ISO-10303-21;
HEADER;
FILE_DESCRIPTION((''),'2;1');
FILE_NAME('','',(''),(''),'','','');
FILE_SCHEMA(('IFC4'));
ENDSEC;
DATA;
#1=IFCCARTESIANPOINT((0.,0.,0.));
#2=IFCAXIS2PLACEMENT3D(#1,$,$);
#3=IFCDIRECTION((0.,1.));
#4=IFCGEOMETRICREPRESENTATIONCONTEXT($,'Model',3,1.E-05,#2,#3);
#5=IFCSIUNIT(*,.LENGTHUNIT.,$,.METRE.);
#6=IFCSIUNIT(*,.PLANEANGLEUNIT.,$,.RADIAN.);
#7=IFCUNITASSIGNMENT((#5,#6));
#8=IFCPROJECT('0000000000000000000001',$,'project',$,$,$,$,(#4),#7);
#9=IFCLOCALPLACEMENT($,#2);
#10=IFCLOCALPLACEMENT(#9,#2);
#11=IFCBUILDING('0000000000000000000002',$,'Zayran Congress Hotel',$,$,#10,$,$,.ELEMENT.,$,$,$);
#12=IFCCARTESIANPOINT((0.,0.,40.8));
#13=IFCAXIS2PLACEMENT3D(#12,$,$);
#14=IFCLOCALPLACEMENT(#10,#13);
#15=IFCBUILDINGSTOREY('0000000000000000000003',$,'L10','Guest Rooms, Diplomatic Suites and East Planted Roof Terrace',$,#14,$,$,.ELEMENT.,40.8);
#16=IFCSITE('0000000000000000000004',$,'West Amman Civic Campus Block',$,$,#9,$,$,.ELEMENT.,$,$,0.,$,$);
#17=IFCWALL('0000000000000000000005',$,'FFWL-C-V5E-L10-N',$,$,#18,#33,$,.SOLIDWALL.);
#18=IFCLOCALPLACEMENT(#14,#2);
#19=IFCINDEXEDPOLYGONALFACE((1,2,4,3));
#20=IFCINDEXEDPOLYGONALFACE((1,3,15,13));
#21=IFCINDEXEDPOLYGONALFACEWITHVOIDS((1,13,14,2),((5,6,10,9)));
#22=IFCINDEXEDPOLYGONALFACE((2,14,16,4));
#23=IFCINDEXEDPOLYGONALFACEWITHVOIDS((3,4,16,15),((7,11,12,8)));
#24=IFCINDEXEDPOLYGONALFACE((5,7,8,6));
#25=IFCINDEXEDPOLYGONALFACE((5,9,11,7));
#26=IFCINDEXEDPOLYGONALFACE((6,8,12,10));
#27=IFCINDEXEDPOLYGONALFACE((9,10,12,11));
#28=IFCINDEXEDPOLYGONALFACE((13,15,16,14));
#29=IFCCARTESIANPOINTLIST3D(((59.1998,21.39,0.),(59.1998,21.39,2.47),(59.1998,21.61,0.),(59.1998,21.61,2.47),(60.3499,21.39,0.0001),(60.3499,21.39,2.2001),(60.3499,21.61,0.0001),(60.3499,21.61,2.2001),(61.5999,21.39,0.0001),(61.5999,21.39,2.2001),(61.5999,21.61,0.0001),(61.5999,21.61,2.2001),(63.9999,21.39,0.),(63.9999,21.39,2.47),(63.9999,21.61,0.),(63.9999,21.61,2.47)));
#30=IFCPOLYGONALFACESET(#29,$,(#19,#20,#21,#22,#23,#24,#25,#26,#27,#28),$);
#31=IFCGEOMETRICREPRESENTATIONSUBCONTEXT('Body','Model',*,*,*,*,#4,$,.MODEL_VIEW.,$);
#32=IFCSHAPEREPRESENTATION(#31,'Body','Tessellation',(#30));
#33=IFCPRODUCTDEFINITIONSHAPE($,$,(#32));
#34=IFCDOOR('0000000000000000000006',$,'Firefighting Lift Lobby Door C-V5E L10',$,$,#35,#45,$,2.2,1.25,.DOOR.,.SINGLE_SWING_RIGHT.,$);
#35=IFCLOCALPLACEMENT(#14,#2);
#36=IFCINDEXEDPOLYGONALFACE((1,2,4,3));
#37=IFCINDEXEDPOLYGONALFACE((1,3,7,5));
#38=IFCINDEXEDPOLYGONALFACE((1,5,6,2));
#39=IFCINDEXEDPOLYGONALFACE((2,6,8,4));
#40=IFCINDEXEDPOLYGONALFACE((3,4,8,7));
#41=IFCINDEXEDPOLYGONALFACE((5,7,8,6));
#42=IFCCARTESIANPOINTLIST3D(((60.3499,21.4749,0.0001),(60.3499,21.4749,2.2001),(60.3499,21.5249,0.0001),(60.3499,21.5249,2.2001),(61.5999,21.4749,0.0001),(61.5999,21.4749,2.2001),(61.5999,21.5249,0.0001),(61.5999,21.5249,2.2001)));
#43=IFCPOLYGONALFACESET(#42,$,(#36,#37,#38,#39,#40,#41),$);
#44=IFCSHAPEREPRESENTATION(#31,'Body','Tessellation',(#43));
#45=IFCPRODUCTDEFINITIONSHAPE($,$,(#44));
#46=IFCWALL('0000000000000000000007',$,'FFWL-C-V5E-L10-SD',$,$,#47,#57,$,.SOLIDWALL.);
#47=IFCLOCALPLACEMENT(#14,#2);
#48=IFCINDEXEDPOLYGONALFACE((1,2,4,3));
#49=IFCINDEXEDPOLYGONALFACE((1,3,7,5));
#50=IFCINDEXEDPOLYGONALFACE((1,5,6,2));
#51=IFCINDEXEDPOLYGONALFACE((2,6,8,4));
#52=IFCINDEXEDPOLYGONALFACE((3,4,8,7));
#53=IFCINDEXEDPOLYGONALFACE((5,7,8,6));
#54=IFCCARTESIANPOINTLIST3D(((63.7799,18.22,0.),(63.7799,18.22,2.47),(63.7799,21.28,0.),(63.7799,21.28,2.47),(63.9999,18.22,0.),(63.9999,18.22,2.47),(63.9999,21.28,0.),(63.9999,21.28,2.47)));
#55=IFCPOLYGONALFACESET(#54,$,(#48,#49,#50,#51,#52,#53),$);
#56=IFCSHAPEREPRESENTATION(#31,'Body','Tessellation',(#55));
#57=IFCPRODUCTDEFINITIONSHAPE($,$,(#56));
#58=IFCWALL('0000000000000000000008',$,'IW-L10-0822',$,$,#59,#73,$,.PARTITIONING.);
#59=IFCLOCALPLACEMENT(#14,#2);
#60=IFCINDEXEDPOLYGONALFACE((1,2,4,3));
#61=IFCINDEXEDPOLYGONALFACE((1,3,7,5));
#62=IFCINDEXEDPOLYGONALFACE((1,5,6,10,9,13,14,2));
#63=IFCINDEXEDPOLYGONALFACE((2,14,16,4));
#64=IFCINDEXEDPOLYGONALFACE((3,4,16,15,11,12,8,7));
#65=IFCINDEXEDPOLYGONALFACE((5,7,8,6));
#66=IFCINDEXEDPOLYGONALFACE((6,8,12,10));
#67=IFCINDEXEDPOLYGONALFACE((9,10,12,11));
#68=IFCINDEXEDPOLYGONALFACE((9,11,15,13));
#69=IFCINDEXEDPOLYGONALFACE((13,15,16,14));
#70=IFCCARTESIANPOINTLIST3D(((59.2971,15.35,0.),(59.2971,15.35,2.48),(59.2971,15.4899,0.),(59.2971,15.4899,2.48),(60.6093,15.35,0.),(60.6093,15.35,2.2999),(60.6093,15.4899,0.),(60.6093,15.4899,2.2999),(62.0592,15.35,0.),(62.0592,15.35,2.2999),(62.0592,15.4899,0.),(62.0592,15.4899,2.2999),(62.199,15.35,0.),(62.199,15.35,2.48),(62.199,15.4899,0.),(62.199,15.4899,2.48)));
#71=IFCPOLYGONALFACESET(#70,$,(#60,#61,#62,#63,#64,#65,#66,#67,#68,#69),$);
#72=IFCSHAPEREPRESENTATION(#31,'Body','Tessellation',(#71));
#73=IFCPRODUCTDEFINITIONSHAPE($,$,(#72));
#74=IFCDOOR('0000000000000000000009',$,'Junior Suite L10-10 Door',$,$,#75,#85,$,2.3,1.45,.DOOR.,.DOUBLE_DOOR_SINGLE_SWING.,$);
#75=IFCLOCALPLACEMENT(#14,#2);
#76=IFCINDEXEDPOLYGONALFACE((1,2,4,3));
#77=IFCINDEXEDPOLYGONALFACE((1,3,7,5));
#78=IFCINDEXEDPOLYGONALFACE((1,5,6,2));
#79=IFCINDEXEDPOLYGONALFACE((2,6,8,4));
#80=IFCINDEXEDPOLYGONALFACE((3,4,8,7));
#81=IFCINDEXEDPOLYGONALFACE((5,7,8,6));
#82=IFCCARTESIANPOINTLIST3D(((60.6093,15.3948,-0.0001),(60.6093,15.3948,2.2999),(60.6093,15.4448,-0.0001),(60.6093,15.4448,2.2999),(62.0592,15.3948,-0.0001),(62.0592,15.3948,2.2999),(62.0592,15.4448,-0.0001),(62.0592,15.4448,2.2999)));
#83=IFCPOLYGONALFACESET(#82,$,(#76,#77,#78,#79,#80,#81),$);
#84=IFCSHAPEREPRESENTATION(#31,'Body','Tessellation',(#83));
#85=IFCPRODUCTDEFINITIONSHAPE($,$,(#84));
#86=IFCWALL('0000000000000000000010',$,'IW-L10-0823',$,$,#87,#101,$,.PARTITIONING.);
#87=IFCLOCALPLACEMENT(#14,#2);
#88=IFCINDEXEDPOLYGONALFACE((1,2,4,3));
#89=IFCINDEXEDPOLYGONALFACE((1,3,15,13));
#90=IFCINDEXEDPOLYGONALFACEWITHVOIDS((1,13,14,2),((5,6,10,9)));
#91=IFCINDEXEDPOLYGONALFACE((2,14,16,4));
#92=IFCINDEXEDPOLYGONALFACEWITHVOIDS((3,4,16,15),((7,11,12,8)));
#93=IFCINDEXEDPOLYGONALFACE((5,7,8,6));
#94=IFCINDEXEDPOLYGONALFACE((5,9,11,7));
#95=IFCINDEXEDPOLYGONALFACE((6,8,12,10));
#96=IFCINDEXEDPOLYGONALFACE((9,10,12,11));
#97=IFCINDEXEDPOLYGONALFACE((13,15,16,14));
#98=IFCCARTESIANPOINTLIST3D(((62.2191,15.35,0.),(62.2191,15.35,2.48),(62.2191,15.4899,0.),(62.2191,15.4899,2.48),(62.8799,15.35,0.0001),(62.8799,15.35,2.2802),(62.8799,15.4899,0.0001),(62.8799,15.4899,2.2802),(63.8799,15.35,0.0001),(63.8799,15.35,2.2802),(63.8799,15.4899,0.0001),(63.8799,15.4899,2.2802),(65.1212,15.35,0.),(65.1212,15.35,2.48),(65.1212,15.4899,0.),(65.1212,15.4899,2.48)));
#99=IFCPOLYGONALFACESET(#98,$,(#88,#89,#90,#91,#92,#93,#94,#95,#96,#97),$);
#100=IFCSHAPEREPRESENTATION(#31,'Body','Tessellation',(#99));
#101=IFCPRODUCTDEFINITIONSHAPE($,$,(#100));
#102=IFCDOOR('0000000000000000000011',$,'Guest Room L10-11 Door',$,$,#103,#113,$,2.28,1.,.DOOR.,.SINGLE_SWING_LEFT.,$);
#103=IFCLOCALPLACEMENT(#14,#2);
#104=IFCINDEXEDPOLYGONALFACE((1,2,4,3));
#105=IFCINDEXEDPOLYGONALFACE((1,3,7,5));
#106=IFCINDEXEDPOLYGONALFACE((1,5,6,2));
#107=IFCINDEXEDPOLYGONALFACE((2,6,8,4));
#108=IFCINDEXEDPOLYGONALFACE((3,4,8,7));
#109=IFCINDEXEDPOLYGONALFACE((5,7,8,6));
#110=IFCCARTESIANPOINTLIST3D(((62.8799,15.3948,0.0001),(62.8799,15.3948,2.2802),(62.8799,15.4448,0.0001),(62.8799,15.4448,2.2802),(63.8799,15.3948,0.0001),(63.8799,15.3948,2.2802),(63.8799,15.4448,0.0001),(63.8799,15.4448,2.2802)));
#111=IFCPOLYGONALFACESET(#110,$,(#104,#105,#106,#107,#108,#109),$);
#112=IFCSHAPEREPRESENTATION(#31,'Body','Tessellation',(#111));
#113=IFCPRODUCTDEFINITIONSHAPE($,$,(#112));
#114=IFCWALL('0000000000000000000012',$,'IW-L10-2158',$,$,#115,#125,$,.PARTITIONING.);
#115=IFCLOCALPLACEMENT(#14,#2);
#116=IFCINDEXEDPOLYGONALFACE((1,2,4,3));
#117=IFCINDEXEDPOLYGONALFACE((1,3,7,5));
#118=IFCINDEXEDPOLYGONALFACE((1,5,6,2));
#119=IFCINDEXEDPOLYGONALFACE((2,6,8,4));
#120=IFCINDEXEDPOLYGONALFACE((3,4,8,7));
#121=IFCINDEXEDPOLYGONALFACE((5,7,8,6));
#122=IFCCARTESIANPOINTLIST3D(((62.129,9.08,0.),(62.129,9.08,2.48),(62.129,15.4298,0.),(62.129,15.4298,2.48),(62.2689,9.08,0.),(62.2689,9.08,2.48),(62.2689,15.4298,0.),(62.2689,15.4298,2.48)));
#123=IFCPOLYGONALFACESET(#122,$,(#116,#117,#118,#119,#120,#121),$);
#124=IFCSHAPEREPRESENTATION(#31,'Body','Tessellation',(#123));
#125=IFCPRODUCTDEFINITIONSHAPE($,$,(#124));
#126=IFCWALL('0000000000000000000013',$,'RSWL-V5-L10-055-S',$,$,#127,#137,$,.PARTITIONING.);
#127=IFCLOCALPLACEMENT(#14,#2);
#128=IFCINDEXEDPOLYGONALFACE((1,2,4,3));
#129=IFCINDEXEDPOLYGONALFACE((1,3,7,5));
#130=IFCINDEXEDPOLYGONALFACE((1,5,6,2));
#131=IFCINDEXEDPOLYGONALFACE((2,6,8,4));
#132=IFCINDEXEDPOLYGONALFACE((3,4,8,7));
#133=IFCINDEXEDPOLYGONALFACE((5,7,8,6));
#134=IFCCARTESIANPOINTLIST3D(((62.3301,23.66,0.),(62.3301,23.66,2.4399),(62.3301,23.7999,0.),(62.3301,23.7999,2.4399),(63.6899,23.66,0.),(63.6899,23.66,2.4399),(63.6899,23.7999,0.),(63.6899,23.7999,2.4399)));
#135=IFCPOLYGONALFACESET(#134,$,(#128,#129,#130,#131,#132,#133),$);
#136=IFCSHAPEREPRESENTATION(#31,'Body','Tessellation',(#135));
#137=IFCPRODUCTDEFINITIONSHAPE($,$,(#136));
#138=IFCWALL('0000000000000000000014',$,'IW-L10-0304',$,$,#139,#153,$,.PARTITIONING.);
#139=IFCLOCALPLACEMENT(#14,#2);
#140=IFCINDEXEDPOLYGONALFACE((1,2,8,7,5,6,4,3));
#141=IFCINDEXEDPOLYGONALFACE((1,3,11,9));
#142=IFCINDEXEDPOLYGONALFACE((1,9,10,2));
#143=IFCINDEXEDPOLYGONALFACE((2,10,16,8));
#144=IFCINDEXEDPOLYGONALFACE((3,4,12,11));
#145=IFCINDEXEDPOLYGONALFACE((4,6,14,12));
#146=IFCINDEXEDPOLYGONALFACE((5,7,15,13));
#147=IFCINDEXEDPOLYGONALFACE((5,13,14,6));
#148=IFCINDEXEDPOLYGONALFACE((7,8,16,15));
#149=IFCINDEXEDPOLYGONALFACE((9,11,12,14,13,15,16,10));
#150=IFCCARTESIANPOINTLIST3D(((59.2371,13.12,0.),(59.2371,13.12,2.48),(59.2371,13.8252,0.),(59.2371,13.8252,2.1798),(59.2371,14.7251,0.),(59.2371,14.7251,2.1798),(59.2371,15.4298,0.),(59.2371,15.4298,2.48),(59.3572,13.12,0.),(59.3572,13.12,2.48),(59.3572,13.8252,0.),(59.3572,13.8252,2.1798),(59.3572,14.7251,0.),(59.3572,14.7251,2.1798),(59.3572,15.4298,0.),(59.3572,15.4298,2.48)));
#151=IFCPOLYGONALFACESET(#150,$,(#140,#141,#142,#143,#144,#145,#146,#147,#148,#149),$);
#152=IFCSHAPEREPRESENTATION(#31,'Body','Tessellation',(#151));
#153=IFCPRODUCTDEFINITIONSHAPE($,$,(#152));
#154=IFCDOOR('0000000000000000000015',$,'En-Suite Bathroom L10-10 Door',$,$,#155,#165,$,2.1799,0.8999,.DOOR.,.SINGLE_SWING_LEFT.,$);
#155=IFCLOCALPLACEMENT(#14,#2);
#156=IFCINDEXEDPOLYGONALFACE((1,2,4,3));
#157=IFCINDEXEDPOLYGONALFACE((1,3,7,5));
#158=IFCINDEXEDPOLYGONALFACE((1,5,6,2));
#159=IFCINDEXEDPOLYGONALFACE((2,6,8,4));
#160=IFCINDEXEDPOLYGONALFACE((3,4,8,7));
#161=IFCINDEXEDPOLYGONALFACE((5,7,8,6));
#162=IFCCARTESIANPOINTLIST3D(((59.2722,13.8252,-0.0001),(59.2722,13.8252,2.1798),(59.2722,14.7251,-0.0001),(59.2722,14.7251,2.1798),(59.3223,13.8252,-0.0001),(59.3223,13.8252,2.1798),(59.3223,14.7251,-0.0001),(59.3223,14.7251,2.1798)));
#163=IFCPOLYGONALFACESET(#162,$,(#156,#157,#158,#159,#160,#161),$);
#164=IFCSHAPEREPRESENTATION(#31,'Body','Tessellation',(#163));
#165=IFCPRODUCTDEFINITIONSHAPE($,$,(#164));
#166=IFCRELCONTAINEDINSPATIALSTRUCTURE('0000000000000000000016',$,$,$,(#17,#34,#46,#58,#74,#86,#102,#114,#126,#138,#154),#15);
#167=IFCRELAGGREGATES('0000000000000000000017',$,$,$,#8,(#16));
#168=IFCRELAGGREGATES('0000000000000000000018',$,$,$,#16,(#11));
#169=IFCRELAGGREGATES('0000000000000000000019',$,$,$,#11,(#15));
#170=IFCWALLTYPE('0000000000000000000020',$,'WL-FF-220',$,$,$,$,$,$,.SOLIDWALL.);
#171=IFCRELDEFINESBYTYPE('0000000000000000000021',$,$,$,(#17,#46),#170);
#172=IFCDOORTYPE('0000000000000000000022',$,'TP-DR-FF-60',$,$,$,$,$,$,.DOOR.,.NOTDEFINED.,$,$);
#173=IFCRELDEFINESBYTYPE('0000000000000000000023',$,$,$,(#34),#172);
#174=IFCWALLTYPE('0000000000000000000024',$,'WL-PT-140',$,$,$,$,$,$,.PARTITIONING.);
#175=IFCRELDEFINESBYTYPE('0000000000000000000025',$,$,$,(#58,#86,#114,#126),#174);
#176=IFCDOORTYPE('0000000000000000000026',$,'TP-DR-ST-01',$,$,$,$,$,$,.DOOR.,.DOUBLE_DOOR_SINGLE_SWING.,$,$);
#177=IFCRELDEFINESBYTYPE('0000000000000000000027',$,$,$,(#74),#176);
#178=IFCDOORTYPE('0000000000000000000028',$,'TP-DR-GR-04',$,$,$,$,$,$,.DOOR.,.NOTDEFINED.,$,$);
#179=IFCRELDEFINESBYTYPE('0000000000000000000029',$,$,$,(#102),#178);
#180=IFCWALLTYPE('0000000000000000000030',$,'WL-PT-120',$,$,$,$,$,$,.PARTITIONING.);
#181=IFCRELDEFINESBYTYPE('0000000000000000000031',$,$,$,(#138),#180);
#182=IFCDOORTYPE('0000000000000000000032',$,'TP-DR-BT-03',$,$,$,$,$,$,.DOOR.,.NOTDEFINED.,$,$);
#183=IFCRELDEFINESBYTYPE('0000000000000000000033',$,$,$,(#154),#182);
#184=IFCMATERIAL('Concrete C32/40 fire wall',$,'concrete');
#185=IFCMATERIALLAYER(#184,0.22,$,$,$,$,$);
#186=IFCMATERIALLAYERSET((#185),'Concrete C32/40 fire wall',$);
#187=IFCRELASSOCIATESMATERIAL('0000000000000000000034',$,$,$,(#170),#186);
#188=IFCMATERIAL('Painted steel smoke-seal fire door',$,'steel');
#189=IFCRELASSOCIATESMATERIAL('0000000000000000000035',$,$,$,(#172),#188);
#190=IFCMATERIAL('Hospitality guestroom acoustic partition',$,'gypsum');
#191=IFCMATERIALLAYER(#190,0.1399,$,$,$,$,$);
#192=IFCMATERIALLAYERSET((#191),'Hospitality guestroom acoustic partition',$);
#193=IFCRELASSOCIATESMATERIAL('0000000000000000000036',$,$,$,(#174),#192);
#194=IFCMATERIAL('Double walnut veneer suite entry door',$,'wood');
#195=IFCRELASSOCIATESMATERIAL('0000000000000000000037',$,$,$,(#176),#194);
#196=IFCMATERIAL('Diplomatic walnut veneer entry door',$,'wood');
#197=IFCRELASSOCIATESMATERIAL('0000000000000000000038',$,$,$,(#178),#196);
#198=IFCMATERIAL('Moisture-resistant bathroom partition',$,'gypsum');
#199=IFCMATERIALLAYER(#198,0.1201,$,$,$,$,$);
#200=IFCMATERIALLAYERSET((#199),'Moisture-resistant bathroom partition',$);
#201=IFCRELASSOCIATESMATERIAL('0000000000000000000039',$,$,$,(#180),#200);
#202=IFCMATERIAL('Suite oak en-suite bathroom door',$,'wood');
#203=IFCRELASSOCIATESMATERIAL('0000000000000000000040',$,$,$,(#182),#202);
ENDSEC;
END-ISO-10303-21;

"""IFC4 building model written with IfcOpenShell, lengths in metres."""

from ifc_helpers import new_model, si_unit, direction, frame, frame_2d, origin, place, context, subcontext, project, spatial, rectangle, extrude, material, layer, layer_set, type_object, element, fill, save


model = new_model("IFC4")

# Units and contexts
model_context = context("Model", 3, precision=1e-05, world=origin(), true_north=direction((0.0, 1.0)))
body_context = subcontext(model_context, "Body", "Model", "MODEL_VIEW")
ifc_project = project(units=[si_unit("LENGTHUNIT", "METRE"), si_unit("PLANEANGLEUNIT", "RADIAN")], contexts=[model_context])

# Site, building, storey
site_placement = place(None, origin())
site = spatial("IfcSite", under=ifc_project, at=site_placement, Name="West Amman Civic Campus Block", CompositionType="ELEMENT", RefElevation=0.0)
building_placement = place(site_placement, origin())
building = spatial("IfcBuilding", under=site, at=building_placement, Name="Zayran Congress Hotel", CompositionType="ELEMENT")
storey_placement = place(building_placement, frame((0.0, 0.0, 40.8)))
storey = spatial("IfcBuildingStorey", under=building, at=storey_placement, Name="L10", Description="Guest Rooms, Diplomatic Suites and East Planted Roof Terrace", CompositionType="ELEMENT", Elevation=40.8)

# Wall, opening, door
ifc_material_1 = material(Name="Concrete C32/40 fire wall", Category="concrete")
ifc_layer_1 = layer(ifc_material_1, 0.22)
ifc_layer_set_1 = layer_set([ifc_layer_1], Name="Concrete C32/40 fire wall")
wall_type_1 = type_object("IfcWallType", Name="WL-FF-220", PredefinedType="SOLIDWALL", material=ifc_layer_set_1)
wall_1_placement = place(storey_placement, frame((59.2, 21.5, 0.0), z_axis=(0.0, 0.0, 1.0), x_axis=(1.0, 0.0, 0.0)))
wall_1 = element("IfcWall", 1, at=wall_1_placement, inside=storey, type_object=wall_type_1, Name="FFWL-C-V5E-L10-N", PredefinedType="SOLIDWALL", context=body_context, shape_type="SweptSolid", body=[
    extrude(rectangle(XDim=4.8, YDim=0.22, at=frame_2d((2.3999, 0.0))), origin(), (0.0, 0.0, 1.0), 2.47),
])
opening_1_placement = place(wall_1_placement, frame((1.1499, 0.0, 0.0)))
opening_1 = element("IfcOpeningElement", 2, at=opening_1_placement, cuts=wall_1, PredefinedType="OPENING", context=body_context, shape_type="SweptSolid", body=[
    extrude(rectangle(XDim=1.25, YDim=2.2, at=frame_2d((0.625, 1.1001))), frame((0.0, 0.1199, 0.0), z_axis=(0.0, -1.0, 0.0), x_axis=(1.0, 0.0, 0.0)), (0.0, 0.0, 1.0), 0.24),
])
ifc_material_2 = material(Name="Painted steel smoke-seal fire door", Category="steel")
door_type_1 = type_object("IfcDoorType", Name="TP-DR-FF-60", OperationType="NOTDEFINED", PredefinedType="DOOR", material=ifc_material_2)
door_1_placement = place(opening_1_placement, origin())
door_1 = element("IfcDoor", 3, at=door_1_placement, inside=storey, type_object=door_type_1, Name="Firefighting Lift Lobby Door C-V5E L10", OperationType="SINGLE_SWING_RIGHT", OverallHeight=2.2, OverallWidth=1.25, PredefinedType="DOOR", context=body_context, shape_type="SweptSolid", body=[
    extrude(rectangle(XDim=1.25, YDim=2.2, at=frame_2d((0.625, 1.1001))), frame((0.0, 0.0249, 0.0), z_axis=(0.0, -1.0, 0.0), x_axis=(1.0, 0.0, 0.0)), (0.0, 0.0, 1.0), 0.05),
])
fill(opening_1, door_1)

# Wall
wall_2_placement = place(storey_placement, frame((63.8899, 18.22, 0.0), z_axis=(0.0, 0.0, 1.0), x_axis=(0.0, 1.0, 0.0)))
element("IfcWall", 4, at=wall_2_placement, inside=storey, type_object=wall_type_1, Name="FFWL-C-V5E-L10-SD", PredefinedType="SOLIDWALL", context=body_context, shape_type="SweptSolid", body=[
    extrude(rectangle(XDim=3.0601, YDim=0.22, at=frame_2d((1.53, 0.0))), origin(), (0.0, 0.0, 1.0), 2.47),
])

# Walls, openings, doors
ifc_material_3 = material(Name="Hospitality guestroom acoustic partition", Category="gypsum")
ifc_layer_2 = layer(ifc_material_3, 0.1399)
ifc_layer_set_2 = layer_set([ifc_layer_2], Name="Hospitality guestroom acoustic partition")
wall_type_2 = type_object("IfcWallType", Name="WL-PT-140", PredefinedType="PARTITIONING", material=ifc_layer_set_2)
wall_3_placement = place(storey_placement, frame((59.2971, 15.4199, 0.0), z_axis=(0.0, 0.0, 1.0), x_axis=(1.0, 0.0, 0.0)))
wall_3 = element("IfcWall", 5, at=wall_3_placement, inside=storey, type_object=wall_type_2, Name="IW-L10-0822", PredefinedType="PARTITIONING", context=body_context, shape_type="SweptSolid", body=[
    extrude(rectangle(XDim=2.9019, YDim=0.1399, at=frame_2d((1.4509, 0.0))), origin(), (0.0, 0.0, 1.0), 2.48),
])
opening_2_placement = place(wall_3_placement, frame((1.312, 0.0, 0.0)))
opening_2 = element("IfcOpeningElement", 6, at=opening_2_placement, cuts=wall_3, PredefinedType="OPENING", context=body_context, shape_type="SweptSolid", body=[
    extrude(rectangle(XDim=1.45, YDim=2.3, at=frame_2d((0.7251, 1.1499))), frame((0.0, 0.0798, 0.0), z_axis=(0.0, -1.0, 0.0), x_axis=(1.0, 0.0, 0.0)), (0.0, 0.0, 1.0), 0.1599),
])
ifc_material_4 = material(Name="Double walnut veneer suite entry door", Category="wood")
door_type_2 = type_object("IfcDoorType", Name="TP-DR-ST-01", OperationType="DOUBLE_DOOR_SINGLE_SWING", PredefinedType="DOOR", material=ifc_material_4)
door_2_placement = place(opening_2_placement, origin())
door_2 = element("IfcDoor", 7, at=door_2_placement, inside=storey, type_object=door_type_2, Name="Junior Suite L10-10 Door", OperationType="DOUBLE_DOOR_SINGLE_SWING", OverallHeight=2.3, OverallWidth=1.45, PredefinedType="DOOR", context=body_context, shape_type="SweptSolid", body=[
    extrude(rectangle(XDim=1.45, YDim=2.3, at=frame_2d((0.7251, 1.1499))), frame((0.0, 0.0249, 0.0), z_axis=(0.0, -1.0, 0.0), x_axis=(1.0, 0.0, 0.0)), (0.0, 0.0, 1.0), 0.05),
])
fill(opening_2, door_2)
wall_4_placement = place(storey_placement, frame((62.219, 15.4199, 0.0), z_axis=(0.0, 0.0, 1.0), x_axis=(1.0, 0.0, 0.0)))
wall_4 = element("IfcWall", 8, at=wall_4_placement, inside=storey, type_object=wall_type_2, Name="IW-L10-0823", PredefinedType="PARTITIONING", context=body_context, shape_type="SweptSolid", body=[
    extrude(rectangle(XDim=2.9021, YDim=0.1399, at=frame_2d((1.4512, 0.0))), origin(), (0.0, 0.0, 1.0), 2.48),
])
opening_3_placement = place(wall_4_placement, frame((0.6609, 0.0, 0.0)))
opening_3 = element("IfcOpeningElement", 9, at=opening_3_placement, cuts=wall_4, PredefinedType="OPENING", context=body_context, shape_type="SweptSolid", body=[
    extrude(rectangle(XDim=1.0, YDim=2.28, at=frame_2d((0.5, 1.1401))), frame((0.0, 0.0798, 0.0), z_axis=(0.0, -1.0, 0.0), x_axis=(1.0, 0.0, 0.0)), (0.0, 0.0, 1.0), 0.1599),
])
ifc_material_5 = material(Name="Diplomatic walnut veneer entry door", Category="wood")
door_type_3 = type_object("IfcDoorType", Name="TP-DR-GR-04", OperationType="NOTDEFINED", PredefinedType="DOOR", material=ifc_material_5)
door_3_placement = place(opening_3_placement, origin())
door_3 = element("IfcDoor", 10, at=door_3_placement, inside=storey, type_object=door_type_3, Name="Guest Room L10-11 Door", OperationType="SINGLE_SWING_LEFT", OverallHeight=2.28, OverallWidth=1.0, PredefinedType="DOOR", context=body_context, shape_type="SweptSolid", body=[
    extrude(rectangle(XDim=1.0, YDim=2.28, at=frame_2d((0.5, 1.1401))), frame((0.0, 0.0249, 0.0), z_axis=(0.0, -1.0, 0.0), x_axis=(1.0, 0.0, 0.0)), (0.0, 0.0, 1.0), 0.05),
])
fill(opening_3, door_3)

# Walls
wall_5_placement = place(storey_placement, frame((62.199, 9.0801, 0.0), z_axis=(0.0, 0.0, 1.0), x_axis=(0.0, 1.0, 0.0)))
element("IfcWall", 11, at=wall_5_placement, inside=storey, type_object=wall_type_2, Name="IW-L10-2158", PredefinedType="PARTITIONING", context=body_context, shape_type="SweptSolid", body=[
    extrude(rectangle(XDim=6.3499, YDim=0.1399, at=frame_2d((3.1748, 0.0))), origin(), (0.0, 0.0, 1.0), 2.48),
])
wall_6_placement = place(storey_placement, frame((62.3301, 23.73, 0.0), z_axis=(0.0, 0.0, 1.0), x_axis=(1.0, 0.0, 0.0)))
element("IfcWall", 12, at=wall_6_placement, inside=storey, type_object=wall_type_2, Name="RSWL-V5-L10-055-S", PredefinedType="PARTITIONING", context=body_context, shape_type="SweptSolid", body=[
    extrude(rectangle(XDim=1.3599, YDim=0.1399, at=frame_2d((0.6799, 0.0))), origin(), (0.0, 0.0, 1.0), 2.4399),
])

# Wall, opening, door
ifc_material_6 = material(Name="Moisture-resistant bathroom partition", Category="gypsum")
ifc_layer_3 = layer(ifc_material_6, 0.1201)
ifc_layer_set_3 = layer_set([ifc_layer_3], Name="Moisture-resistant bathroom partition")
wall_type_3 = type_object("IfcWallType", Name="WL-PT-120", PredefinedType="PARTITIONING", material=ifc_layer_set_3)
wall_7_placement = place(storey_placement, frame((59.2971, 13.1201, 0.0), z_axis=(0.0, 0.0, 1.0), x_axis=(0.0, 1.0, 0.0)))
wall_7 = element("IfcWall", 13, at=wall_7_placement, inside=storey, type_object=wall_type_3, Name="IW-L10-0304", PredefinedType="PARTITIONING", context=body_context, shape_type="SweptSolid", body=[
    extrude(rectangle(XDim=2.3098, YDim=0.1201, at=frame_2d((1.1548, 0.0))), origin(), (0.0, 0.0, 1.0), 2.48),
])
opening_4_placement = place(wall_7_placement, frame((0.7051, 0.0, 0.0)))
opening_4 = element("IfcOpeningElement", 14, at=opening_4_placement, cuts=wall_7, PredefinedType="OPENING", context=body_context, shape_type="SweptSolid", body=[
    extrude(rectangle(XDim=0.8999, YDim=2.1799, at=frame_2d((0.45, 1.0898))), frame((0.0, 0.0701, 0.0), z_axis=(0.0, -1.0, 0.0), x_axis=(1.0, 0.0, 0.0)), (0.0, 0.0, 1.0), 0.1401),
])
ifc_material_7 = material(Name="Suite oak en-suite bathroom door", Category="wood")
door_type_4 = type_object("IfcDoorType", Name="TP-DR-BT-03", OperationType="NOTDEFINED", PredefinedType="DOOR", material=ifc_material_7)
door_4_placement = place(opening_4_placement, origin())
door_4 = element("IfcDoor", 15, at=door_4_placement, inside=storey, type_object=door_type_4, Name="En-Suite Bathroom L10-10 Door", OperationType="SINGLE_SWING_LEFT", OverallHeight=2.1799, OverallWidth=0.8999, PredefinedType="DOOR", context=body_context, shape_type="SweptSolid", body=[
    extrude(rectangle(XDim=0.8999, YDim=2.1799, at=frame_2d((0.45, 1.0898))), frame((0.0, 0.0249, 0.0), z_axis=(0.0, -1.0, 0.0), x_axis=(1.0, 0.0, 0.0)), (0.0, 0.0, 1.0), 0.05),
])
fill(opening_4, door_4)

save(model, "model.ifc")
